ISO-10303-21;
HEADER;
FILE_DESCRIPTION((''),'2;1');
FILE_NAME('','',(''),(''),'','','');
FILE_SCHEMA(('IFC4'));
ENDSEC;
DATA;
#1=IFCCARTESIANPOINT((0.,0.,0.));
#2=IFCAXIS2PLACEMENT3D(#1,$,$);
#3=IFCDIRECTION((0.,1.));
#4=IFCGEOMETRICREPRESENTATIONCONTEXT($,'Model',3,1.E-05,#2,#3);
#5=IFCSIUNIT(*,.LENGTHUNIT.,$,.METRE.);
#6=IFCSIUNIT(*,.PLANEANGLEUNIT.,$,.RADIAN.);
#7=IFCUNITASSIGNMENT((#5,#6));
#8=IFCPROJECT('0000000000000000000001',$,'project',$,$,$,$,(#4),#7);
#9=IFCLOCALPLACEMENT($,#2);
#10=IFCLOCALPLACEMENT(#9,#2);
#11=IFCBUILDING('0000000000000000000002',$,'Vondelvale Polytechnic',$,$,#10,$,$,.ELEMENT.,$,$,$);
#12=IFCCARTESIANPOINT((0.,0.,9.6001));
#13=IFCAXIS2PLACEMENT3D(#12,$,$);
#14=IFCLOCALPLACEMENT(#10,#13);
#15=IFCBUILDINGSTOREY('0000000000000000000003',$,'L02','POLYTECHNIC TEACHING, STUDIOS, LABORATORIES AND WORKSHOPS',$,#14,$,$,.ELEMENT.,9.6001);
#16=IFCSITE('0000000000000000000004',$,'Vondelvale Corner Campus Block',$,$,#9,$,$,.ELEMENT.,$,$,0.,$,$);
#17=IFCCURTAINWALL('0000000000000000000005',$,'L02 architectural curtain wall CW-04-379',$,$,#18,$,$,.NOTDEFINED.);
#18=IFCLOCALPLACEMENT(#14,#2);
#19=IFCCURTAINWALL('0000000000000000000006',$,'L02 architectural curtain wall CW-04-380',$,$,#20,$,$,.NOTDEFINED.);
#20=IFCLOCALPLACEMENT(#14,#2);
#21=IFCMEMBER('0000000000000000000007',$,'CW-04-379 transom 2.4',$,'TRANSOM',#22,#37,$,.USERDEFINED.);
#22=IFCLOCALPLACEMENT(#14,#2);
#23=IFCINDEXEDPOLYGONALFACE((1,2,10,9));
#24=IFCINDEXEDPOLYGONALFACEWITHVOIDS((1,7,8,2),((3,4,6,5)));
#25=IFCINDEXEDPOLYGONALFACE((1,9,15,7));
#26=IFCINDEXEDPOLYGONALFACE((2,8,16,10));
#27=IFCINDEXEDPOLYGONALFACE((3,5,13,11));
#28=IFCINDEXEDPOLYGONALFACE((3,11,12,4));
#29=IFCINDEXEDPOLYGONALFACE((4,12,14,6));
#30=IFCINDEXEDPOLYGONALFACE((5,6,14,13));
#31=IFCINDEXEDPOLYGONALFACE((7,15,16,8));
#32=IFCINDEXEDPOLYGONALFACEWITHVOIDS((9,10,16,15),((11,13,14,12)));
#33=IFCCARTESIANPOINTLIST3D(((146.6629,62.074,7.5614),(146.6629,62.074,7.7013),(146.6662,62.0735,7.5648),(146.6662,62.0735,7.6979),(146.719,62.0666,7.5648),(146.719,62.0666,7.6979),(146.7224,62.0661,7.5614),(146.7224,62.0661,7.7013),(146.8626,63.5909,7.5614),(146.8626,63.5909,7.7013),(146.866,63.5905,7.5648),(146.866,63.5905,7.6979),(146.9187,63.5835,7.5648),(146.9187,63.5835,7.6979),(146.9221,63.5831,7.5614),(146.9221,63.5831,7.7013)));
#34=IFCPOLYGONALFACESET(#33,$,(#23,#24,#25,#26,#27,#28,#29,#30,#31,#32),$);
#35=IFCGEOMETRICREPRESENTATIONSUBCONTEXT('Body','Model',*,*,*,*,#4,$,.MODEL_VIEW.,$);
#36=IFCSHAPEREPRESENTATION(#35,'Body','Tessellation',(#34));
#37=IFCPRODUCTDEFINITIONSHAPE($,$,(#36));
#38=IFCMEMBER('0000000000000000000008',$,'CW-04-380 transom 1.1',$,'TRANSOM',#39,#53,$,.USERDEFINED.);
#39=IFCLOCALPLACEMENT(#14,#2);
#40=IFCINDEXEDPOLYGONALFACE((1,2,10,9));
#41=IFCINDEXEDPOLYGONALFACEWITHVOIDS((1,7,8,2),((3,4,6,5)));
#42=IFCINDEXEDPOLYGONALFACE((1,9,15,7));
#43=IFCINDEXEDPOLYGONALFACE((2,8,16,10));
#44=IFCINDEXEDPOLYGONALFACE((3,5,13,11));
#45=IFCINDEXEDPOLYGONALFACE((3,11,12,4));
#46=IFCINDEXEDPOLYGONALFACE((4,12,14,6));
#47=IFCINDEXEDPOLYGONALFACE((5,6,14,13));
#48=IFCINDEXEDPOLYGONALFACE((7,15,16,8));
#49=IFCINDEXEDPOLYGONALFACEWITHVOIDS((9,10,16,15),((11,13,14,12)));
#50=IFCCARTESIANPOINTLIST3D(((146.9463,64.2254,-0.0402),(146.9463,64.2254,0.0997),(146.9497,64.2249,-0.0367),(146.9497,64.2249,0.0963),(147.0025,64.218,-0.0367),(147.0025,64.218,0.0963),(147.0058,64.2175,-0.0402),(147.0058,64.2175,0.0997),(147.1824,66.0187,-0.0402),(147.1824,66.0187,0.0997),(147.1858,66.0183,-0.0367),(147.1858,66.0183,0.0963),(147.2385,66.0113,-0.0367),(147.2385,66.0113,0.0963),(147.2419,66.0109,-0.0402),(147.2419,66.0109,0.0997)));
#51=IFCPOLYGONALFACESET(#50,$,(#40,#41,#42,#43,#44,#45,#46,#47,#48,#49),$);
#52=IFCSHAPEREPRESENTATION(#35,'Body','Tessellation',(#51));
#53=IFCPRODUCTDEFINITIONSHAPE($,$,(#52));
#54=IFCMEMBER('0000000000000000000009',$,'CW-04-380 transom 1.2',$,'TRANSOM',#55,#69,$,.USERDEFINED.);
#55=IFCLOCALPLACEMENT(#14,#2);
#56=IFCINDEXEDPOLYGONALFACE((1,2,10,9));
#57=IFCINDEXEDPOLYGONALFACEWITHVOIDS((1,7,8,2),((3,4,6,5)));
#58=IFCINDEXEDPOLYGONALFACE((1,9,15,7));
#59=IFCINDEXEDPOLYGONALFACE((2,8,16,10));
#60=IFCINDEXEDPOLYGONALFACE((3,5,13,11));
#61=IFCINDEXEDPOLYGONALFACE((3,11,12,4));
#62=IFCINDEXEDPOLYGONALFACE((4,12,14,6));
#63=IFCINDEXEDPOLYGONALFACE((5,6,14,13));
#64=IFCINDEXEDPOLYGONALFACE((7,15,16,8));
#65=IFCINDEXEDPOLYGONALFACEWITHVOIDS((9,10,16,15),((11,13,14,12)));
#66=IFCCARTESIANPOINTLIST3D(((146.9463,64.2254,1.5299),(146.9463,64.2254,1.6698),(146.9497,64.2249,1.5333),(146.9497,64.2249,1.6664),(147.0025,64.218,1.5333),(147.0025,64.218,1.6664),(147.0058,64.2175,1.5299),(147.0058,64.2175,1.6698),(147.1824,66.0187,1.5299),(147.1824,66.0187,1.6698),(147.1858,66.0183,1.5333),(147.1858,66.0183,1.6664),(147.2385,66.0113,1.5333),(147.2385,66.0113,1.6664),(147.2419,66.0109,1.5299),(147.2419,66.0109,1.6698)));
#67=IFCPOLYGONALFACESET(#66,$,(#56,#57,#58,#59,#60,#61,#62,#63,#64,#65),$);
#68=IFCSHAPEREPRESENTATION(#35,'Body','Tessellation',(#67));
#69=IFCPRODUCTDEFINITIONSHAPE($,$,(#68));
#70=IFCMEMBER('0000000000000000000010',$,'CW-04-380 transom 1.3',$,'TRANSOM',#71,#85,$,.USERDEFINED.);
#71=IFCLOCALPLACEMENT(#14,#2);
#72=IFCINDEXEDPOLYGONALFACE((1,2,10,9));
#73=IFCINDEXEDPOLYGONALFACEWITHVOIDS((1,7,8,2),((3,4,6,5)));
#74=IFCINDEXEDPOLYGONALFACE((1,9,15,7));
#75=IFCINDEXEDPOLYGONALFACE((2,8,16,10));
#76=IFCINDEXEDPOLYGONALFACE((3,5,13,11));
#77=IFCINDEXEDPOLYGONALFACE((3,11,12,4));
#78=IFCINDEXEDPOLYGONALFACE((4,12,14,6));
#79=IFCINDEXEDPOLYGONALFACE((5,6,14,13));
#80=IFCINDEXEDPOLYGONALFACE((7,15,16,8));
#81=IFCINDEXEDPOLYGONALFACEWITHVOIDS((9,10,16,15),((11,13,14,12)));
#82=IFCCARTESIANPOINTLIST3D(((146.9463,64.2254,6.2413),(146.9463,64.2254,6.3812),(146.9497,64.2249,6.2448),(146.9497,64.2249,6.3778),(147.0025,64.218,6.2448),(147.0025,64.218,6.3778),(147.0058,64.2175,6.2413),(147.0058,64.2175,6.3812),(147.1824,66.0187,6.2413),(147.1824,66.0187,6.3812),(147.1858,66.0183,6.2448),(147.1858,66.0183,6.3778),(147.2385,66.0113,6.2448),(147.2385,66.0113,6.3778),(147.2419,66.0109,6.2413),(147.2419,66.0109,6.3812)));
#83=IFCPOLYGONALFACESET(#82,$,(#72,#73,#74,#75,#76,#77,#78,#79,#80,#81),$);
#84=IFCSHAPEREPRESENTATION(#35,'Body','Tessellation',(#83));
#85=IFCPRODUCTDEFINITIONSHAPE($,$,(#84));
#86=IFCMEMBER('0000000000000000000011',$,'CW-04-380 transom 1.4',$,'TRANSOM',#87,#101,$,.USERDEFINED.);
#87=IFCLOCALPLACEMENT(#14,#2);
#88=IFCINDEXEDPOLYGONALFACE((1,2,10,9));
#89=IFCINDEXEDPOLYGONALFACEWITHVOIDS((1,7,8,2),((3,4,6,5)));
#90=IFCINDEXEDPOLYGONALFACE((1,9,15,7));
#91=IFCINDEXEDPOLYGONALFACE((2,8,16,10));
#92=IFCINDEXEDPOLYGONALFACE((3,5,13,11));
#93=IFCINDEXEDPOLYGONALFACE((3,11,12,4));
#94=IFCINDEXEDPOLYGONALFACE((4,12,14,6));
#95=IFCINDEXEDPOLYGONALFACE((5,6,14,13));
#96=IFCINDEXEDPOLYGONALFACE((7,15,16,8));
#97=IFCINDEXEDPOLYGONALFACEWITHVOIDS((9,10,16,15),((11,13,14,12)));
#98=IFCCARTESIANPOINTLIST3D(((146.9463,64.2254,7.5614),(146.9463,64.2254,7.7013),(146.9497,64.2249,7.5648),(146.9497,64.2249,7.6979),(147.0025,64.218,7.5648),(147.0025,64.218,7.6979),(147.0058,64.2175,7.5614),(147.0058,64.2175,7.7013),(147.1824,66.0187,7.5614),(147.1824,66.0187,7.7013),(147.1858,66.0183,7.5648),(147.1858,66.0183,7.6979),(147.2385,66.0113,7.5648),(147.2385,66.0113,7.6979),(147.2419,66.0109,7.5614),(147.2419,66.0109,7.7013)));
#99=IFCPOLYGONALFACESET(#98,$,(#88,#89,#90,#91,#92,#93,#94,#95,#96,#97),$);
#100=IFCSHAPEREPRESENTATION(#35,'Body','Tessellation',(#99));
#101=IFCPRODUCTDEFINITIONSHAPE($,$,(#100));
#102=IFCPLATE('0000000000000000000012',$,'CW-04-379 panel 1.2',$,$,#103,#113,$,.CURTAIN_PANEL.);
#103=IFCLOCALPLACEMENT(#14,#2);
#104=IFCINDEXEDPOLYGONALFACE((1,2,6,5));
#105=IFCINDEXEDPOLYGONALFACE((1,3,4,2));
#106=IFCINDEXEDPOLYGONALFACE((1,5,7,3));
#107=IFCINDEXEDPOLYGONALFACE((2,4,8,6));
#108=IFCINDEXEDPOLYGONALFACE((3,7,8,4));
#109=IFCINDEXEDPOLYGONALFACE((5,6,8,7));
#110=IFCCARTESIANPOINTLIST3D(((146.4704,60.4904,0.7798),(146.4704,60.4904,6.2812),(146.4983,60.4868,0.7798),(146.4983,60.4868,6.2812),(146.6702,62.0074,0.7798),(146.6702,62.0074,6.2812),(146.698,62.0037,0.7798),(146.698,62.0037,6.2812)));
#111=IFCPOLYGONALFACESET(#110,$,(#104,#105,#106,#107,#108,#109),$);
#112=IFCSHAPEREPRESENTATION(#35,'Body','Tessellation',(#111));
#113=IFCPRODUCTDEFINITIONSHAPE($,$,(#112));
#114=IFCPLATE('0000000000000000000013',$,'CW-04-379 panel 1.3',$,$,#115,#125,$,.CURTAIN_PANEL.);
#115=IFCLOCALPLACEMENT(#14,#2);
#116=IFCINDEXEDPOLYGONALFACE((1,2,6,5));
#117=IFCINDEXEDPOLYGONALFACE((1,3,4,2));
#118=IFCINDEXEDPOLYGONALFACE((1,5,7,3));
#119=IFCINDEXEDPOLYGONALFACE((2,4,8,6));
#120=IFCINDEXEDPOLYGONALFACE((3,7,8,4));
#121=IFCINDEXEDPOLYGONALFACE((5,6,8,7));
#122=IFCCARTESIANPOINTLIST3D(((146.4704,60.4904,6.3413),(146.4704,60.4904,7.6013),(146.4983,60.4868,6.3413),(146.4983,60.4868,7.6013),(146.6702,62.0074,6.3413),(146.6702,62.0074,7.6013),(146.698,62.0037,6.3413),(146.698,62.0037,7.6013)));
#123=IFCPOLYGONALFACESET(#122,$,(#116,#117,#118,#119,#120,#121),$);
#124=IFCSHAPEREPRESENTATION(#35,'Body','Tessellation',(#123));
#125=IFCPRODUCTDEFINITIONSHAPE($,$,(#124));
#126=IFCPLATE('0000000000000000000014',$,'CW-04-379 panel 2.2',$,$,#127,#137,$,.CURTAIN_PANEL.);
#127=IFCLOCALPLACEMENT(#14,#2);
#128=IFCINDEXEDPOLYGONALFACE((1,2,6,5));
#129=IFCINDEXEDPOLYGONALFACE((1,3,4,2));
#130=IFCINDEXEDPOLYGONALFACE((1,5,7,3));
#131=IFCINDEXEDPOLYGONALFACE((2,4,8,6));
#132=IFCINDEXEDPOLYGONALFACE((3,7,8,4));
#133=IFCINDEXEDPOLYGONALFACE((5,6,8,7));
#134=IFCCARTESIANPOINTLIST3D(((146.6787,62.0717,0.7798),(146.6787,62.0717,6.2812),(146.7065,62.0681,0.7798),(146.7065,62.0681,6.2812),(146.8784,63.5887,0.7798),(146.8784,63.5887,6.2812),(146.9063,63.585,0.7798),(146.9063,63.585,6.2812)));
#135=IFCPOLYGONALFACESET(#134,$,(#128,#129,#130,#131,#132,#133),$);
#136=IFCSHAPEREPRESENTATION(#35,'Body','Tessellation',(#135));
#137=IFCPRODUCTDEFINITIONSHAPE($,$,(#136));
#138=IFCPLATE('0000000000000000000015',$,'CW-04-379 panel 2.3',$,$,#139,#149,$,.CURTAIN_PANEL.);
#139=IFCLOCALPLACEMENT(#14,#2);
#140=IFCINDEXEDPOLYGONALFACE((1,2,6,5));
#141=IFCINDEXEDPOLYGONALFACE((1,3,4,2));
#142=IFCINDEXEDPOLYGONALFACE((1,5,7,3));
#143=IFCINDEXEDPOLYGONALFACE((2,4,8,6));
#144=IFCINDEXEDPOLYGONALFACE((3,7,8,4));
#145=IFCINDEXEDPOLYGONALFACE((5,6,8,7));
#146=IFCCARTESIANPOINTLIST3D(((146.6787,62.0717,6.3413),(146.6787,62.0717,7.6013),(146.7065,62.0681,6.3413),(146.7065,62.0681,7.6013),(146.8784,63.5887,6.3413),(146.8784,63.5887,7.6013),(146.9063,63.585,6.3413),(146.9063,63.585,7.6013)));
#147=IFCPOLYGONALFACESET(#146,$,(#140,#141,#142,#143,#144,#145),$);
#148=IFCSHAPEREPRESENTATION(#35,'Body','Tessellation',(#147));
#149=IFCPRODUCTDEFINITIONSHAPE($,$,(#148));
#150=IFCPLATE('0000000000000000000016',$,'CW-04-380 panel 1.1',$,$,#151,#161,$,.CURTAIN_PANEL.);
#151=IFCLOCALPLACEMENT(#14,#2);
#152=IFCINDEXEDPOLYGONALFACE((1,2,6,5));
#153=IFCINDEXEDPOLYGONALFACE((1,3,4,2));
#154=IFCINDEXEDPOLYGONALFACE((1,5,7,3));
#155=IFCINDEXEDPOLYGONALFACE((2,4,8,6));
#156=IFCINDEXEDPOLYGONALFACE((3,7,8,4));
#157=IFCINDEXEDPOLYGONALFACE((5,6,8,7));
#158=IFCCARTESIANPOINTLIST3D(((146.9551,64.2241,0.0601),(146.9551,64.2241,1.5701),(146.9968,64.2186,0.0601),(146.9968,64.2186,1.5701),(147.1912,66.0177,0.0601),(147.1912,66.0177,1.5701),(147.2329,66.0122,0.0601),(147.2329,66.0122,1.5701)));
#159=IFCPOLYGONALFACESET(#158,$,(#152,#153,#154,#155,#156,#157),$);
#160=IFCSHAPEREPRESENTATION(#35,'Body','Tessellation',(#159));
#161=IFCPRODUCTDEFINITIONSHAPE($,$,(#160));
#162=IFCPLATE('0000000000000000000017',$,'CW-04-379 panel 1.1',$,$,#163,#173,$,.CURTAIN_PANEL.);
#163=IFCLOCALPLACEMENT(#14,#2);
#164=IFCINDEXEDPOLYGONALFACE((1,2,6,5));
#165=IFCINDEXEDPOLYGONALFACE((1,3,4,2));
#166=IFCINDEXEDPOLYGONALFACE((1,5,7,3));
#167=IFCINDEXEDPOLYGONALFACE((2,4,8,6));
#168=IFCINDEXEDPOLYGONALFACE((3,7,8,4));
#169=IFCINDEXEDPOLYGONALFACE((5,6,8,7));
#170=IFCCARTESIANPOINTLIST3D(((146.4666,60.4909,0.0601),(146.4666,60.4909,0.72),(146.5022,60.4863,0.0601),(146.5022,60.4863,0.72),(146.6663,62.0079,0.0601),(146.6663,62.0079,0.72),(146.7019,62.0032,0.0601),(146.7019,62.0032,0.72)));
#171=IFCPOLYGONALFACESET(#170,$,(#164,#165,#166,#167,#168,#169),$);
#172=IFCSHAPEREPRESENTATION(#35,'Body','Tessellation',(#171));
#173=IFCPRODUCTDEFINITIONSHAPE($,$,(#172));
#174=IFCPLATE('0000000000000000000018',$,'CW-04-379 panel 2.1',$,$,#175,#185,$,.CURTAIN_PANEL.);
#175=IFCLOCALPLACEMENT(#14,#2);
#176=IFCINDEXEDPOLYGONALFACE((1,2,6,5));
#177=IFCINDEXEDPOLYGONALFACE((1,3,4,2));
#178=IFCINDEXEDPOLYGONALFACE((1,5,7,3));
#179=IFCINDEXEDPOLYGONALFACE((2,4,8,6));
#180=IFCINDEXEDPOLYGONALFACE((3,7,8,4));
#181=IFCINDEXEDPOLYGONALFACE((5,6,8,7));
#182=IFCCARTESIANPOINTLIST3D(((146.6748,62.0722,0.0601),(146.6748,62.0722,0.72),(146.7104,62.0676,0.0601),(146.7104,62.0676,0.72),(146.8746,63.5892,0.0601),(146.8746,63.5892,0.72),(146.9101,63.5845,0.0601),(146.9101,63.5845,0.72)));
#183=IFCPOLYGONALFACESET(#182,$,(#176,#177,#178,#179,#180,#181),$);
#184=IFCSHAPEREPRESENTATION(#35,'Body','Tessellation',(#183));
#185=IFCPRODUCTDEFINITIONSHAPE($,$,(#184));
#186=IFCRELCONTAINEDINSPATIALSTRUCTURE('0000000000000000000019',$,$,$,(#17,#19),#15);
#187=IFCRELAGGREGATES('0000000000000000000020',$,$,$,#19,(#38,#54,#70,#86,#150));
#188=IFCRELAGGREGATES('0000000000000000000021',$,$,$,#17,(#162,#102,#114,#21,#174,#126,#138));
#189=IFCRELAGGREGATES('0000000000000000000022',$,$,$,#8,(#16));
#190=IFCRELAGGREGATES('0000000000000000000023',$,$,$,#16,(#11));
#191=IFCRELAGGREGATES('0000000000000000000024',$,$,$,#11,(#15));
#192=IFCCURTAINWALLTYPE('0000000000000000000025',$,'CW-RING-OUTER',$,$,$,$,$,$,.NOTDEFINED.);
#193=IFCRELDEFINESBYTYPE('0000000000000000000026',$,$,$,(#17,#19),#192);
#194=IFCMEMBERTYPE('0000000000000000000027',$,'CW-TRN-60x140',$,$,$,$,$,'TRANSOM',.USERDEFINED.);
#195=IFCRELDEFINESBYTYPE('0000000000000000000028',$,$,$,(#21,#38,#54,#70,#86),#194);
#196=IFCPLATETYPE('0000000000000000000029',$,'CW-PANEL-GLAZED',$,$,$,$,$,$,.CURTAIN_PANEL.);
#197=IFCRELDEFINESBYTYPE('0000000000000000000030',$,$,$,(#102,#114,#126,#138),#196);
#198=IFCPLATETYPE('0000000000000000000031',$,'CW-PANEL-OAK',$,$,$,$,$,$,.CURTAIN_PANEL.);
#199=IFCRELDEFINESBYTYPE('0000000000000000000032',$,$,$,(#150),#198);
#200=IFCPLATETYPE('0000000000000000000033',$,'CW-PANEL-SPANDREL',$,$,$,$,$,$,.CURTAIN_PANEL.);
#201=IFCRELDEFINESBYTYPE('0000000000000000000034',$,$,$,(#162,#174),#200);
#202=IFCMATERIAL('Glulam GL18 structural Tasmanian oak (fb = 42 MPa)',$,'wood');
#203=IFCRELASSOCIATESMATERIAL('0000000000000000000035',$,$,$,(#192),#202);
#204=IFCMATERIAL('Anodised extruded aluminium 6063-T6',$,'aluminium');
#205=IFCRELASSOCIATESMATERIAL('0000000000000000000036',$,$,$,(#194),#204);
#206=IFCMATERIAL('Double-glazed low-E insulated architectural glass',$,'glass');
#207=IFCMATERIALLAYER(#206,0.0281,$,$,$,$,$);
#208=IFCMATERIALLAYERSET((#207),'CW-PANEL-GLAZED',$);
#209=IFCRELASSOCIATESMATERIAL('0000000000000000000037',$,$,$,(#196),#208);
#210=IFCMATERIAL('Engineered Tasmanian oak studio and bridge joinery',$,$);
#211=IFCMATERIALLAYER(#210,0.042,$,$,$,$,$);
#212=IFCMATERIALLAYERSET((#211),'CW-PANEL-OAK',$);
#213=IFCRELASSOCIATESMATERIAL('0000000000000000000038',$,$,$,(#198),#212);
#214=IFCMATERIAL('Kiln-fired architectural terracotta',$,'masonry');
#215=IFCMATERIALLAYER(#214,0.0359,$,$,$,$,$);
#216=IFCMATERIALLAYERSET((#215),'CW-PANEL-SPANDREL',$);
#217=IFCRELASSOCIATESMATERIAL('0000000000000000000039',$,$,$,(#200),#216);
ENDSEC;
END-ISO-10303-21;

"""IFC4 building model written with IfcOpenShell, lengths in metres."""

from ifc_helpers import new_model, si_unit, direction, frame, origin, origin_2d, place, context, subcontext, project, spatial, rectangle, hollow_rectangle, extrude, material, layer, layer_set, material_profile, profile_set, type_object, element, aggregate, save


model = new_model("IFC4")

# Units and contexts
model_context = context("Model", 3, precision=1e-05, world=origin(), true_north=direction((0.0, 1.0)))
body_context = subcontext(model_context, "Body", "Model", "MODEL_VIEW")
ifc_project = project(units=[si_unit("LENGTHUNIT", "METRE"), si_unit("PLANEANGLEUNIT", "RADIAN")], contexts=[model_context])

# Site, building, storey
site_placement = place(None, origin())
site = spatial("IfcSite", under=ifc_project, at=site_placement, Name="Vondelvale Corner Campus Block", CompositionType="ELEMENT", RefElevation=0.0)
building_placement = place(site_placement, origin())
building = spatial("IfcBuilding", under=site, at=building_placement, Name="Vondelvale Polytechnic", CompositionType="ELEMENT")
storey_placement = place(building_placement, frame((0.0, 0.0, 9.6001)))
storey = spatial("IfcBuildingStorey", under=building, at=storey_placement, Name="L02", Description="POLYTECHNIC TEACHING, STUDIOS, LABORATORIES AND WORKSHOPS", CompositionType="ELEMENT", Elevation=9.6001)

# Shared definitions
ifc_material_1 = material(Name="Glulam GL18 structural Tasmanian oak (fb = 42 MPa)", Category="wood")

# Curtain wall
curtain_wall_type = type_object("IfcCurtainWallType", Name="CW-RING-OUTER", PredefinedType="NOTDEFINED", material=ifc_material_1)
curtain_wall_1_placement = place(storey_placement, origin())
curtain_wall_1 = element("IfcCurtainWall", 1, at=curtain_wall_1_placement, inside=storey, type_object=curtain_wall_type, Name="L02 architectural curtain wall CW-04-379", PredefinedType="NOTDEFINED")
ifc_material_2 = material(Name="Anodised extruded aluminium 6063-T6", Category="aluminium")

# Curtain wall
curtain_wall_2_placement = place(storey_placement, origin())
curtain_wall_2 = element("IfcCurtainWall", 2, at=curtain_wall_2_placement, inside=storey, type_object=curtain_wall_type, Name="L02 architectural curtain wall CW-04-380", PredefinedType="NOTDEFINED")

# Members
ifc_material_profile_1 = material_profile(ifc_material_2, hollow_rectangle(XDim=0.0601, YDim=0.1399, WallThickness=0.0034, at=origin_2d()), Name="CW-TRN-140x60")
ifc_profile_set_1 = profile_set([ifc_material_profile_1], Name="Anodised extruded aluminium 6063-T6")
member_type_1 = type_object("IfcMemberType", Name="CW-TRN-60x140", ElementType="TRANSOM", PredefinedType="USERDEFINED", material=ifc_profile_set_1)
member_1_placement = place(storey_placement, frame((146.6926, 62.0701, 7.6313), z_axis=(0.130533, 0.991444, 0.0), x_axis=(-0.991444, 0.130533, 0.0)))
member_1 = element("IfcMember", 3, at=member_1_placement, type_object=member_type_1, Name="CW-04-379 transom 2.4", ObjectType="TRANSOM", PredefinedType="USERDEFINED", context=body_context, shape_type="SweptSolid", body=[
    extrude(hollow_rectangle(XDim=0.0601, YDim=0.1399, WallThickness=0.0034, at=origin_2d()), origin(), (0.0, 0.0, 1.0), 1.53),
])
member_2_placement = place(storey_placement, frame((146.9761, 64.2214, 0.0298), z_axis=(0.13051, 0.991447, 0.0), x_axis=(-0.991447, 0.13051, 0.0)))
member_2 = element("IfcMember", 4, at=member_2_placement, type_object=member_type_1, Name="CW-04-380 transom 1.1", ObjectType="TRANSOM", PredefinedType="USERDEFINED", context=body_context, shape_type="SweptSolid", body=[
    extrude(hollow_rectangle(XDim=0.0601, YDim=0.1399, WallThickness=0.0034, at=origin_2d()), origin(), (0.0, 0.0, 1.0), 1.8088),
])
member_3_placement = place(storey_placement, frame((146.9761, 64.2214, 1.5999), z_axis=(0.13051, 0.991447, 0.0), x_axis=(-0.991447, 0.13051, 0.0)))
member_3 = element("IfcMember", 5, at=member_3_placement, type_object=member_type_1, Name="CW-04-380 transom 1.2", ObjectType="TRANSOM", PredefinedType="USERDEFINED", context=body_context, shape_type="SweptSolid", body=[
    extrude(hollow_rectangle(XDim=0.0601, YDim=0.1399, WallThickness=0.0034, at=origin_2d()), origin(), (0.0, 0.0, 1.0), 1.8088),
])
member_4_placement = place(storey_placement, frame((146.9761, 64.2214, 6.3113), z_axis=(0.13051, 0.991447, 0.0), x_axis=(-0.991447, 0.13051, 0.0)))
member_4 = element("IfcMember", 6, at=member_4_placement, type_object=member_type_1, Name="CW-04-380 transom 1.3", ObjectType="TRANSOM", PredefinedType="USERDEFINED", context=body_context, shape_type="SweptSolid", body=[
    extrude(hollow_rectangle(XDim=0.0601, YDim=0.1399, WallThickness=0.0034, at=origin_2d()), origin(), (0.0, 0.0, 1.0), 1.8088),
])
member_5_placement = place(storey_placement, frame((146.9761, 64.2214, 7.6313), z_axis=(0.13051, 0.991447, 0.0), x_axis=(-0.991447, 0.13051, 0.0)))
member_5 = element("IfcMember", 7, at=member_5_placement, type_object=member_type_1, Name="CW-04-380 transom 1.4", ObjectType="TRANSOM", PredefinedType="USERDEFINED", context=body_context, shape_type="SweptSolid", body=[
    extrude(hollow_rectangle(XDim=0.0601, YDim=0.1399, WallThickness=0.0034, at=origin_2d()), origin(), (0.0, 0.0, 1.0), 1.8088),
])

# Plates
ifc_material_3 = material(Name="Double-glazed low-E insulated architectural glass", Category="glass")
ifc_layer_1 = layer(ifc_material_3, 0.0281)
ifc_layer_set_1 = layer_set([ifc_layer_1], Name="CW-PANEL-GLAZED")
plate_type_1 = type_object("IfcPlateType", Name="CW-PANEL-GLAZED", PredefinedType="CURTAIN_PANEL", material=ifc_layer_set_1)
plate_1_placement = place(storey_placement, frame((146.5842, 61.2471, 0.7798), z_axis=(0.0, 0.0, 1.0), x_axis=(0.13054, 0.991443, 0.0)))
plate_1 = element("IfcPlate", 8, at=plate_1_placement, type_object=plate_type_1, Name="CW-04-379 panel 1.2", PredefinedType="CURTAIN_PANEL", context=body_context, shape_type="SweptSolid", body=[
    extrude(rectangle(XDim=1.53, YDim=0.0281, at=origin_2d()), origin(), (0.0, 0.0, 1.0), 5.5015),
])
plate_2_placement = place(storey_placement, frame((146.5842, 61.2471, 6.3413), z_axis=(0.0, 0.0, 1.0), x_axis=(0.13054, 0.991443, 0.0)))
plate_2 = element("IfcPlate", 9, at=plate_2_placement, type_object=plate_type_1, Name="CW-04-379 panel 1.3", PredefinedType="CURTAIN_PANEL", context=body_context, shape_type="SweptSolid", body=[
    extrude(rectangle(XDim=1.53, YDim=0.0281, at=origin_2d()), origin(), (0.0, 0.0, 1.0), 1.26),
])
plate_3_placement = place(storey_placement, frame((146.7925, 62.8284, 0.7798), z_axis=(0.0, 0.0, 1.0), x_axis=(0.13054, 0.991443, 0.0)))
plate_3 = element("IfcPlate", 10, at=plate_3_placement, type_object=plate_type_1, Name="CW-04-379 panel 2.2", PredefinedType="CURTAIN_PANEL", context=body_context, shape_type="SweptSolid", body=[
    extrude(rectangle(XDim=1.53, YDim=0.0281, at=origin_2d()), origin(), (0.0, 0.0, 1.0), 5.5015),
])
plate_4_placement = place(storey_placement, frame((146.7925, 62.8284, 6.3413), z_axis=(0.0, 0.0, 1.0), x_axis=(0.13054, 0.991443, 0.0)))
plate_4 = element("IfcPlate", 11, at=plate_4_placement, type_object=plate_type_1, Name="CW-04-379 panel 2.3", PredefinedType="CURTAIN_PANEL", context=body_context, shape_type="SweptSolid", body=[
    extrude(rectangle(XDim=1.53, YDim=0.0281, at=origin_2d()), origin(), (0.0, 0.0, 1.0), 1.26),
])
ifc_material_4 = material(Name="Engineered Tasmanian oak studio and bridge joinery")
ifc_layer_2 = layer(ifc_material_4, 0.042)
ifc_layer_set_2 = layer_set([ifc_layer_2], Name="CW-PANEL-OAK")
plate_type_2 = type_object("IfcPlateType", Name="CW-PANEL-OAK", PredefinedType="CURTAIN_PANEL", material=ifc_layer_set_2)
plate_5_placement = place(storey_placement, frame((147.094, 65.1182, 0.0601), z_axis=(0.0, 0.0, 1.0), x_axis=(0.130497, 0.991449, 0.0)))
plate_5 = element("IfcPlate", 12, at=plate_5_placement, type_object=plate_type_2, Name="CW-04-380 panel 1.1", PredefinedType="CURTAIN_PANEL", context=body_context, shape_type="SweptSolid", body=[
    extrude(rectangle(XDim=1.8091, YDim=0.042, at=origin_2d()), origin(), (0.0, 0.0, 1.0), 1.51),
])
aggregate(curtain_wall_2, [member_2, member_3, member_4, member_5, plate_5])
ifc_material_5 = material(Name="Kiln-fired architectural terracotta", Category="masonry")
ifc_layer_3 = layer(ifc_material_5, 0.0359)
ifc_layer_set_3 = layer_set([ifc_layer_3], Name="CW-PANEL-SPANDREL")
plate_type_3 = type_object("IfcPlateType", Name="CW-PANEL-SPANDREL", PredefinedType="CURTAIN_PANEL", material=ifc_layer_set_3)
plate_6_placement = place(storey_placement, frame((146.5842, 61.2471, 0.0601), z_axis=(0.0, 0.0, 1.0), x_axis=(0.13054, 0.991443, 0.0)))
plate_6 = element("IfcPlate", 13, at=plate_6_placement, type_object=plate_type_3, Name="CW-04-379 panel 1.1", PredefinedType="CURTAIN_PANEL", context=body_context, shape_type="SweptSolid", body=[
    extrude(rectangle(XDim=1.53, YDim=0.0359, at=origin_2d()), origin(), (0.0, 0.0, 1.0), 0.6599),
])
plate_7_placement = place(storey_placement, frame((146.7925, 62.8284, 0.0601), z_axis=(0.0, 0.0, 1.0), x_axis=(0.13054, 0.991443, 0.0)))
plate_7 = element("IfcPlate", 14, at=plate_7_placement, type_object=plate_type_3, Name="CW-04-379 panel 2.1", PredefinedType="CURTAIN_PANEL", context=body_context, shape_type="SweptSolid", body=[
    extrude(rectangle(XDim=1.53, YDim=0.0359, at=origin_2d()), origin(), (0.0, 0.0, 1.0), 0.6599),
])
aggregate(curtain_wall_1, [plate_6, plate_1, plate_2, member_1, plate_7, plate_3, plate_4])

save(model, "model.ifc")
